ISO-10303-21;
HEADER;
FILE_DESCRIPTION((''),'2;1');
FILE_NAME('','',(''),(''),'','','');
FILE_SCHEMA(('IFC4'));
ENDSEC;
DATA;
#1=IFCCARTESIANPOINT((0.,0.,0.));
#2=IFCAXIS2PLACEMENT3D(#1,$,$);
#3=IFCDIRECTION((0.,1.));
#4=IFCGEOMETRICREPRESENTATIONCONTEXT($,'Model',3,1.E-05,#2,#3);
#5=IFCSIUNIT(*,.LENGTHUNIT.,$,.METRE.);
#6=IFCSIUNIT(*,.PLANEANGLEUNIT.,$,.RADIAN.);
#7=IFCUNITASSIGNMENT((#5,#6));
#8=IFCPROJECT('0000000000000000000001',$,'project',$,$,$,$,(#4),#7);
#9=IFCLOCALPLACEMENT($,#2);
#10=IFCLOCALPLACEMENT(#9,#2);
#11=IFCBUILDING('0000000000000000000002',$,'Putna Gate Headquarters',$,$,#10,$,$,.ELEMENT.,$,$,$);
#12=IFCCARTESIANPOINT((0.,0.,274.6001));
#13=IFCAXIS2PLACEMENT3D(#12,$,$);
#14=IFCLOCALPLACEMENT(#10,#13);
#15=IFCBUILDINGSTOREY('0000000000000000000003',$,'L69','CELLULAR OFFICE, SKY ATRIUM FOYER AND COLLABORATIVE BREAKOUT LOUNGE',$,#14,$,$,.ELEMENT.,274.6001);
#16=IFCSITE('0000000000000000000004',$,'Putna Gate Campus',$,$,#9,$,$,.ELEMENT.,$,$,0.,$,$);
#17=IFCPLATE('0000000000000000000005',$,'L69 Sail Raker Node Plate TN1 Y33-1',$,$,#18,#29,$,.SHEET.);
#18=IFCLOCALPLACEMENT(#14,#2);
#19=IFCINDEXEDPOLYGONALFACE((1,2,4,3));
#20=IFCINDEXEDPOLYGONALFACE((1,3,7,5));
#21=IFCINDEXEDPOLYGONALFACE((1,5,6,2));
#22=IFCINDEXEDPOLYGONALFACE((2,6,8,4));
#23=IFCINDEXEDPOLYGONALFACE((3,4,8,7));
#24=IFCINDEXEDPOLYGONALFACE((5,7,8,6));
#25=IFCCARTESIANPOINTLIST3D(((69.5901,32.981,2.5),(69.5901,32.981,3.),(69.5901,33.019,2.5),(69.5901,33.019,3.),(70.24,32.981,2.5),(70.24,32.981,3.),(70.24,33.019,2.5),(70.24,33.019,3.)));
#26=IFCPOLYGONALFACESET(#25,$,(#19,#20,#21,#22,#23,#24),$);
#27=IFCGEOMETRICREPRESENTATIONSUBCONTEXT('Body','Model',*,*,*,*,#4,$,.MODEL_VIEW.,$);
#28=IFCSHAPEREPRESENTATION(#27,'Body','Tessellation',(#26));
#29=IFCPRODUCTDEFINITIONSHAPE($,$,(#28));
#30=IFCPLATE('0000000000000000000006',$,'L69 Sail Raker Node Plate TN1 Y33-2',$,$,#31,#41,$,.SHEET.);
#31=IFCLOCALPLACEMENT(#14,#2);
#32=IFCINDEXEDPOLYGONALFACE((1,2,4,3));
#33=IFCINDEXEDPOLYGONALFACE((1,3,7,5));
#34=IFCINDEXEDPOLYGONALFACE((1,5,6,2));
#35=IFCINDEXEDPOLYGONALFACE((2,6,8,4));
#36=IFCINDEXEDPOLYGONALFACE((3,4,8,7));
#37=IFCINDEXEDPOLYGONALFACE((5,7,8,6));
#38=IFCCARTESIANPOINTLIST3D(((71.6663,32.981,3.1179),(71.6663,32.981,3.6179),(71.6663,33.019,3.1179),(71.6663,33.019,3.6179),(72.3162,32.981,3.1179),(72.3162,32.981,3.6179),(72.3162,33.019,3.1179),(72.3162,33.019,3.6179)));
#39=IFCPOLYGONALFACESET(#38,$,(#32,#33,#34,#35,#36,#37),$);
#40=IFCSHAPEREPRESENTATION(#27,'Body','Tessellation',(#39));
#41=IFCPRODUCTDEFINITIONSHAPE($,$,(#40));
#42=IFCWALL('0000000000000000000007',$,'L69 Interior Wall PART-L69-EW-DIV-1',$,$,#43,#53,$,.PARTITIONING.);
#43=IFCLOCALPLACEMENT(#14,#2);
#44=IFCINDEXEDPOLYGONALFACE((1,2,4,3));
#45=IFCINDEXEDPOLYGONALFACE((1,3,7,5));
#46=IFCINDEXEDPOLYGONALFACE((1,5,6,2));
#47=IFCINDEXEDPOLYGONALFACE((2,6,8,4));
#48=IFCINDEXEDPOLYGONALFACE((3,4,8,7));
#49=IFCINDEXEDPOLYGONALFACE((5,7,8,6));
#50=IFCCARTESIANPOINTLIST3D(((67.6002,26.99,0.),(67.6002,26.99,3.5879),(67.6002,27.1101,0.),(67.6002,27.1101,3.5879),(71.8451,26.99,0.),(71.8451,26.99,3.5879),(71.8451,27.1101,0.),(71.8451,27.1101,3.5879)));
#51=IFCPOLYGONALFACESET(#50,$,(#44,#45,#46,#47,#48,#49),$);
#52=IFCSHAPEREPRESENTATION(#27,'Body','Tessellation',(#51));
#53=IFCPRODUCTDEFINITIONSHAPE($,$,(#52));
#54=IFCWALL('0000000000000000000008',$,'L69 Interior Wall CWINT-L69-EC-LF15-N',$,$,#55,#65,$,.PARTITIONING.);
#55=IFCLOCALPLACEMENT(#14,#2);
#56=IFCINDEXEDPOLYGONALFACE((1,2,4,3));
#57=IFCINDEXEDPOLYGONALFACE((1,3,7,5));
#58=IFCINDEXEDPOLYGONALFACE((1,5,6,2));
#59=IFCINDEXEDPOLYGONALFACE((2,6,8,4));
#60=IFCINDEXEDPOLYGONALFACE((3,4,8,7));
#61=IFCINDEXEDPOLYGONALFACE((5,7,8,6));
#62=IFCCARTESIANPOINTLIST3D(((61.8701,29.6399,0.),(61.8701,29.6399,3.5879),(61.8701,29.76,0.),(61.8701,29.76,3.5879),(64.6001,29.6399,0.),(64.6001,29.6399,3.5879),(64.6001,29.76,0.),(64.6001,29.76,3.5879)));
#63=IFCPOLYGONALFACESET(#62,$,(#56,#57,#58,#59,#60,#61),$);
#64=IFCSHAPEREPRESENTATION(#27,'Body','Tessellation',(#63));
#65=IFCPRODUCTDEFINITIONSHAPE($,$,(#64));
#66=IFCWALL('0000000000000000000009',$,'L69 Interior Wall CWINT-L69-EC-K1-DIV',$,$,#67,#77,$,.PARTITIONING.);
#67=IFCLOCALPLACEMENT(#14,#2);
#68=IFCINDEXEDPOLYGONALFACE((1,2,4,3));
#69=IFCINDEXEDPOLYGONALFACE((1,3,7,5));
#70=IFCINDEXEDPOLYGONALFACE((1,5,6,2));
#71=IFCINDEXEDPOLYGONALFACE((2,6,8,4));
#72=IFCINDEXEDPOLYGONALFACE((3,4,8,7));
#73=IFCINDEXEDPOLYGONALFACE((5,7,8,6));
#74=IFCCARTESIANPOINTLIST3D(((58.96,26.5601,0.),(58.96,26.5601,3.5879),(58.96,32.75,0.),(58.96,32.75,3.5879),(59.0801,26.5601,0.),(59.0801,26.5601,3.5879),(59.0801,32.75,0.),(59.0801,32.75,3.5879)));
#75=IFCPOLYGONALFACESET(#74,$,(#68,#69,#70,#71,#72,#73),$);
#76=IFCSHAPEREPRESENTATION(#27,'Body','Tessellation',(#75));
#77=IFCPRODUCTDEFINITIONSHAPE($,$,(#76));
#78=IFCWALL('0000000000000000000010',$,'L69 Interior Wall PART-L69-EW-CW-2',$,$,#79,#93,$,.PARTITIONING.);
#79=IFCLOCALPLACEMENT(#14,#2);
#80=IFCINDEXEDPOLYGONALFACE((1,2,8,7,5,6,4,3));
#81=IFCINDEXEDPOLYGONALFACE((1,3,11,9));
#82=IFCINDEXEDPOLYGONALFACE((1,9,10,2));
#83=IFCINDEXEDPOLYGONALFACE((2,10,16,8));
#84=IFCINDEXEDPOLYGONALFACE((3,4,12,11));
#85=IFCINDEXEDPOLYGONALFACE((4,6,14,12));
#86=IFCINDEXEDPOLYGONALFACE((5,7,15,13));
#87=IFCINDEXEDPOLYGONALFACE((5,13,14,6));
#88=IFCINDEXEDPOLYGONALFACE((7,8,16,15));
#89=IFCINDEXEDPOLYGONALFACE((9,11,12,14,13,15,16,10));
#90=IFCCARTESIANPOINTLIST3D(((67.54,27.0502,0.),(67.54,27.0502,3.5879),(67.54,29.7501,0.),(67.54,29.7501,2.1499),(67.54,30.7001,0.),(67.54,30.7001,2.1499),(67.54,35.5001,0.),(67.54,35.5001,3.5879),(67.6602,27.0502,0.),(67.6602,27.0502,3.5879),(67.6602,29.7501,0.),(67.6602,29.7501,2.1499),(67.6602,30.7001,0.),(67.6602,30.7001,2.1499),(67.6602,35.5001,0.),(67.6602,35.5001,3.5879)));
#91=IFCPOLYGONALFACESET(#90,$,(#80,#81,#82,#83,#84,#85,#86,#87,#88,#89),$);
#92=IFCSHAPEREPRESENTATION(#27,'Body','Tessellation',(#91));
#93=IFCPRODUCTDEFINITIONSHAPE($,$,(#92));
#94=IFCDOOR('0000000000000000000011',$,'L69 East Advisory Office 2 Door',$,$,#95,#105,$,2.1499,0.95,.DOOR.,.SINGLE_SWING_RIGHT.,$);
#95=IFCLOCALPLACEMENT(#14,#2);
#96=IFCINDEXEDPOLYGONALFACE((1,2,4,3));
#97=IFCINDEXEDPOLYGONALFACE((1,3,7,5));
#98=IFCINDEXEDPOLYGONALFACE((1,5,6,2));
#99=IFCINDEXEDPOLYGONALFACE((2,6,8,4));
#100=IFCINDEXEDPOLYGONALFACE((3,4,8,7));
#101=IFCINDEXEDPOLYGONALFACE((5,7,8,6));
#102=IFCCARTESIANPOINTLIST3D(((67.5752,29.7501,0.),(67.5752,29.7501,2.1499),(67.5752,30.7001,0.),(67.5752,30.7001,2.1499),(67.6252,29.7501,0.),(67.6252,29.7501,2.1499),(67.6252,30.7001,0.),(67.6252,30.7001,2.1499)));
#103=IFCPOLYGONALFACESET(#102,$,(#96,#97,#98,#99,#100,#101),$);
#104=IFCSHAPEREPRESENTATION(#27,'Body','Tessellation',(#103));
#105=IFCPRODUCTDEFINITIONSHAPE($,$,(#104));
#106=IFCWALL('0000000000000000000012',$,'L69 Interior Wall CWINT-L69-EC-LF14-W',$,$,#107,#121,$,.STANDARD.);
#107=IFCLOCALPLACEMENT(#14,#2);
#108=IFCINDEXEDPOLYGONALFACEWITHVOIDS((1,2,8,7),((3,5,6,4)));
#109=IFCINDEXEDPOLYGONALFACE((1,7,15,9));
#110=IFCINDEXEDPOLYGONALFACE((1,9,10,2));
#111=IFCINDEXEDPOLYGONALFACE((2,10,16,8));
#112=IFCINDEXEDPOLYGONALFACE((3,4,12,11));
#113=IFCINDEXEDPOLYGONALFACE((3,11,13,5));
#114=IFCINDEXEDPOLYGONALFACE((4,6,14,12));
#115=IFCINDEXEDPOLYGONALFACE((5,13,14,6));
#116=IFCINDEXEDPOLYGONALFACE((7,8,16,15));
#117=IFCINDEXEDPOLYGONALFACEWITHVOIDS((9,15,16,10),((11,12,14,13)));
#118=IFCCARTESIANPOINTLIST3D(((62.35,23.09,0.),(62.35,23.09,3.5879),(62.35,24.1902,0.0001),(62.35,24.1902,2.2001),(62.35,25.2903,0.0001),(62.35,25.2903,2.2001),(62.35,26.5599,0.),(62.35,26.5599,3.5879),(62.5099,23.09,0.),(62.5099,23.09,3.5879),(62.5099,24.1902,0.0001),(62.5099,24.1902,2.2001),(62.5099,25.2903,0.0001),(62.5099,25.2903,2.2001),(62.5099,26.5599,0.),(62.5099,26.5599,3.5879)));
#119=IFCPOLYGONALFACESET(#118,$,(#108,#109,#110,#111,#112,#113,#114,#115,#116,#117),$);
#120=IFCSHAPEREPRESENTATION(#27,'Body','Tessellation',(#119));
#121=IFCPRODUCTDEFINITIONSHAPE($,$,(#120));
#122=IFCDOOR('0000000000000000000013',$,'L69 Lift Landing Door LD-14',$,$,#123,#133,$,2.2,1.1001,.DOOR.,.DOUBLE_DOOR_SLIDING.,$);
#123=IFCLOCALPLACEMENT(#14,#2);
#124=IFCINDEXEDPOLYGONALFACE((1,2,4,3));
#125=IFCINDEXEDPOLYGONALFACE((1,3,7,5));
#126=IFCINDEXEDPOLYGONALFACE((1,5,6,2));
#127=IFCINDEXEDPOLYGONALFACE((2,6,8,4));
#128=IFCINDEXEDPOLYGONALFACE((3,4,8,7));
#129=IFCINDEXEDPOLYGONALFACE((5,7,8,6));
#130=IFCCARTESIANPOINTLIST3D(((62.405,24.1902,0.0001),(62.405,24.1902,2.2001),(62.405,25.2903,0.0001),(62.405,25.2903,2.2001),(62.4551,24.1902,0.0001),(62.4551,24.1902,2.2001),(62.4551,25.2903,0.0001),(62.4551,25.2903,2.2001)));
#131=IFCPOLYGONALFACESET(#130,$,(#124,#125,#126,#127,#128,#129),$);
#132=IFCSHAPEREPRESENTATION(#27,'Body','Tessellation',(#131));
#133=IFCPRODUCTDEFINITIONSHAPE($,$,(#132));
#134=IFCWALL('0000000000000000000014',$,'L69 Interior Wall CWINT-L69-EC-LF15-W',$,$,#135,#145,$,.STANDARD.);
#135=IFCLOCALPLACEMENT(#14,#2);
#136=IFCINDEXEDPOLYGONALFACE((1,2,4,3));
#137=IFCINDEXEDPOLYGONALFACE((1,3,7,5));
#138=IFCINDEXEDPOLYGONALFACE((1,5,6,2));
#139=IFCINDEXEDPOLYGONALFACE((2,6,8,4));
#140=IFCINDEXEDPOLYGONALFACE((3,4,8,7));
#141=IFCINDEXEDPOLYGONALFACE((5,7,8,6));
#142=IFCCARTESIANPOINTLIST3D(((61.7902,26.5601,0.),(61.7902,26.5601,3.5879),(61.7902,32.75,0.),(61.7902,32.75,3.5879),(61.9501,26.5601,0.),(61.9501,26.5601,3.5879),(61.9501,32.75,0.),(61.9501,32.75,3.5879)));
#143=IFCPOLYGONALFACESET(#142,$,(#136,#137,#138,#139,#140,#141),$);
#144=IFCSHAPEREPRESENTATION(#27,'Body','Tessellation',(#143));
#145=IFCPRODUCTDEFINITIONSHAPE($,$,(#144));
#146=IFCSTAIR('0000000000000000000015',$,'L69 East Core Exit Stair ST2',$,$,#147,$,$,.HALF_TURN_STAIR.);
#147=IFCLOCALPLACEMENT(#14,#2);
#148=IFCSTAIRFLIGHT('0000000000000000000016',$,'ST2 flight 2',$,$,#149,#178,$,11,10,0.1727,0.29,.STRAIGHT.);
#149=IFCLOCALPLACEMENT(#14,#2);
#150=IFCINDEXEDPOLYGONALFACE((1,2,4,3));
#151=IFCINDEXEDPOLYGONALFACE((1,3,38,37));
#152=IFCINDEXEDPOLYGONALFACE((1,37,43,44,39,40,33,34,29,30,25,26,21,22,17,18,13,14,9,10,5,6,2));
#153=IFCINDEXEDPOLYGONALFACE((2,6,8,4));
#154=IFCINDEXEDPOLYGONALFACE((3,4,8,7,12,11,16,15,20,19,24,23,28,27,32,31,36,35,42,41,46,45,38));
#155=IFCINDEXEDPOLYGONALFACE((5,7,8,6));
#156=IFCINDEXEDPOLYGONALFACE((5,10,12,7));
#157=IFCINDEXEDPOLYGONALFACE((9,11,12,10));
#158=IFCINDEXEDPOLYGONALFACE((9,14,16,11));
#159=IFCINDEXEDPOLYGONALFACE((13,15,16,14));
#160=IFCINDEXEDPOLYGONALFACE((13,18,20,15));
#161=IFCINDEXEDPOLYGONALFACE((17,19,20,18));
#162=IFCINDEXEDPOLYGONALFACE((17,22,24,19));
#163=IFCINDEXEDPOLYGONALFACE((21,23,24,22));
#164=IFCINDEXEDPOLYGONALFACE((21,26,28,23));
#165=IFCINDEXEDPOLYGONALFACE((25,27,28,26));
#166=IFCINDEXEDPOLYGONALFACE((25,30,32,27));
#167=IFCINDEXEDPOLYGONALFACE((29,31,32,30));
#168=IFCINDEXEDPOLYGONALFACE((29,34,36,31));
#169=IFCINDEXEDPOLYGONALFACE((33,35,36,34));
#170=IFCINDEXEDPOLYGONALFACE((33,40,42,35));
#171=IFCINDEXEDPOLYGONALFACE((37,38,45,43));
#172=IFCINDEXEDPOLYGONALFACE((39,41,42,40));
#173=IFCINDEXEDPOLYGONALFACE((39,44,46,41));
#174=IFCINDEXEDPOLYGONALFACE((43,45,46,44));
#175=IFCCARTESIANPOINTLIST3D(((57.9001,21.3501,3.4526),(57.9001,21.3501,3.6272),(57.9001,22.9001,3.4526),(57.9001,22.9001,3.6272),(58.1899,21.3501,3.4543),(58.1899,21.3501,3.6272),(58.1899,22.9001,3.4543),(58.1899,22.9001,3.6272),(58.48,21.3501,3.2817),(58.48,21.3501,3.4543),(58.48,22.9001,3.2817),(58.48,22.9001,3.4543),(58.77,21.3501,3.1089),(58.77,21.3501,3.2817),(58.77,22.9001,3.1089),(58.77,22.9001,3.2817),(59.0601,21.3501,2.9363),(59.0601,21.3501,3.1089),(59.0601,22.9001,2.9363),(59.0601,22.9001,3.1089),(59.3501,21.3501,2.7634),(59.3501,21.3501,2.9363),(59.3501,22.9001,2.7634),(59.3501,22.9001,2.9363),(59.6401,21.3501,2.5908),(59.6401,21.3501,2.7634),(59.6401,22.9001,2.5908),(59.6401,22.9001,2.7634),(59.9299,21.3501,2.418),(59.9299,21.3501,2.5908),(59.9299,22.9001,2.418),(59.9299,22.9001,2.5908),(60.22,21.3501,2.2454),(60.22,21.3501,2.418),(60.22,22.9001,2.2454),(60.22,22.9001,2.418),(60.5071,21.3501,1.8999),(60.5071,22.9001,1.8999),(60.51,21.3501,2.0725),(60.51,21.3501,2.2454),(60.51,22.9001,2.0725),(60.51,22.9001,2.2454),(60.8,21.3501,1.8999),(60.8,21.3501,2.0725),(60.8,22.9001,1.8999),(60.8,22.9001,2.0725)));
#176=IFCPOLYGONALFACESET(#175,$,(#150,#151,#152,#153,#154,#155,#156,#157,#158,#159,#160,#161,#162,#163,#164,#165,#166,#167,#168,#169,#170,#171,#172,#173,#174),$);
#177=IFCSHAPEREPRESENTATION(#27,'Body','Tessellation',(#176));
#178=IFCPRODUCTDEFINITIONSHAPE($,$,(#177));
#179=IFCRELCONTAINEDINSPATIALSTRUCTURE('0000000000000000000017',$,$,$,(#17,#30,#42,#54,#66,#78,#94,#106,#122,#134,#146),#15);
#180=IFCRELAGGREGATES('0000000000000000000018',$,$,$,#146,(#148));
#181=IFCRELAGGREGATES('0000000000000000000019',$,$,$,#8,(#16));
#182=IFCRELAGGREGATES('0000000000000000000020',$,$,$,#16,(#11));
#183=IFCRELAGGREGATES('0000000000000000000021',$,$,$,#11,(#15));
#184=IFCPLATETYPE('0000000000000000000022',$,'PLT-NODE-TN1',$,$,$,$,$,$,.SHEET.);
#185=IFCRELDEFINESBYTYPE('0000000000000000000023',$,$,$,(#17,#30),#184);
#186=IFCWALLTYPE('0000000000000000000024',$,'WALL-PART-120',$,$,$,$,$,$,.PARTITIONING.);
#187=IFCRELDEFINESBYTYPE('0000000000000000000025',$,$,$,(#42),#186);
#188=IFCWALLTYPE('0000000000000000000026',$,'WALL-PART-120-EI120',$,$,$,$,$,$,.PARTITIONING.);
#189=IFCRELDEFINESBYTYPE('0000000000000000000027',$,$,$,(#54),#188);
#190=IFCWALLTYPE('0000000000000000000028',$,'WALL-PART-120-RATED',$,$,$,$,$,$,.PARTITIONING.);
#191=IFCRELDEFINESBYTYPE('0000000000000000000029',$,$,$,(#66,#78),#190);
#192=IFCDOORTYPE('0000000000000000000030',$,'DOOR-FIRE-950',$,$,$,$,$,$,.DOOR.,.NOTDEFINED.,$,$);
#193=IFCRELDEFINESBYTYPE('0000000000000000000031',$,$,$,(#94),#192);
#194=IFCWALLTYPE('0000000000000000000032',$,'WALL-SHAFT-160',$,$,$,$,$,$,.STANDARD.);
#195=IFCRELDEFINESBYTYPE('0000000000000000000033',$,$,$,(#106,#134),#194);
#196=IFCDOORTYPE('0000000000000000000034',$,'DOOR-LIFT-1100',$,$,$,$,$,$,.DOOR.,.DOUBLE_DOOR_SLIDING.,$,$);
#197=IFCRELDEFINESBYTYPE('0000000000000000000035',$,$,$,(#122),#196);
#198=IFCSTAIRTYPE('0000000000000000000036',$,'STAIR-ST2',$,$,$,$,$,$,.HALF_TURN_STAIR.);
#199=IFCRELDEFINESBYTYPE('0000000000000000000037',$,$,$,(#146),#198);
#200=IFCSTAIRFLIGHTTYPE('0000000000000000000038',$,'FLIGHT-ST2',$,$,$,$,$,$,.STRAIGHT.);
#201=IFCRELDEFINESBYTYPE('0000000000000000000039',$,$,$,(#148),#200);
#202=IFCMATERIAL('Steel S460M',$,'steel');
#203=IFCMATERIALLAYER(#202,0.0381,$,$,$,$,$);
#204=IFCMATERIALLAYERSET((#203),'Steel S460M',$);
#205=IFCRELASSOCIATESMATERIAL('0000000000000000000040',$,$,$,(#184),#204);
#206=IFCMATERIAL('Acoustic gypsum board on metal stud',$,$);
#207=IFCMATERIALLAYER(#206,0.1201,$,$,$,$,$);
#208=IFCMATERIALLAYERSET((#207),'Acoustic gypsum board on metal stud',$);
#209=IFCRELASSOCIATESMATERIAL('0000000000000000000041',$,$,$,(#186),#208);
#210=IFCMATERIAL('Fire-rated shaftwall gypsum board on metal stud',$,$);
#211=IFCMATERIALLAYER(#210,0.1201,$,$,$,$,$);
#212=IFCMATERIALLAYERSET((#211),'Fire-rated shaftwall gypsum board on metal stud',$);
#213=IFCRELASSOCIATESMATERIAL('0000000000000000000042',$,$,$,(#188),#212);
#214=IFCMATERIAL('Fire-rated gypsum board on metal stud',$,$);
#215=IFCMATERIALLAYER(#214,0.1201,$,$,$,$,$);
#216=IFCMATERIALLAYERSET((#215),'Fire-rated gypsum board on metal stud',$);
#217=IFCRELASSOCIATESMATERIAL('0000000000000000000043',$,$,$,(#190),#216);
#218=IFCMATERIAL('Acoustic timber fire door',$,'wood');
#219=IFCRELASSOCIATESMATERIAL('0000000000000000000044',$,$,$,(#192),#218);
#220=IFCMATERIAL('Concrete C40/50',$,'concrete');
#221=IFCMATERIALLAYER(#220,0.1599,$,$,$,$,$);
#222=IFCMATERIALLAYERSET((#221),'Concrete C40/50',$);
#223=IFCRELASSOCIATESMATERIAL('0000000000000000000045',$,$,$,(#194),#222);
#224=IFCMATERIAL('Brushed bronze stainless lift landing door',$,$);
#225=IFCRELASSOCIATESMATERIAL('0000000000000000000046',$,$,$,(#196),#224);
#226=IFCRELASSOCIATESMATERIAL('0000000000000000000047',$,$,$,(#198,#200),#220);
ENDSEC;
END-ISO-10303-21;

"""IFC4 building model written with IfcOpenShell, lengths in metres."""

from ifc_helpers import new_model, si_unit, direction, frame, frame_2d, origin, origin_2d, place, context, subcontext, project, spatial, polyline, rectangle, outline, extrude, material, layer, layer_set, type_object, element, fill, aggregate, save


model = new_model("IFC4")

# Units and contexts
model_context = context("Model", 3, precision=1e-05, world=origin(), true_north=direction((0.0, 1.0)))
body_context = subcontext(model_context, "Body", "Model", "MODEL_VIEW")
ifc_project = project(units=[si_unit("LENGTHUNIT", "METRE"), si_unit("PLANEANGLEUNIT", "RADIAN")], contexts=[model_context])

# Site, building, storey
site_placement = place(None, origin())
site = spatial("IfcSite", under=ifc_project, at=site_placement, Name="Putna Gate Campus", CompositionType="ELEMENT", RefElevation=0.0)
building_placement = place(site_placement, origin())
building = spatial("IfcBuilding", under=site, at=building_placement, Name="Putna Gate Headquarters", CompositionType="ELEMENT")
storey_placement = place(building_placement, frame((0.0, 0.0, 274.6001)))
storey = spatial("IfcBuildingStorey", under=building, at=storey_placement, Name="L69", Description="CELLULAR OFFICE, SKY ATRIUM FOYER AND COLLABORATIVE BREAKOUT LOUNGE", CompositionType="ELEMENT", Elevation=274.6001)

# Shared definitions
ifc_material_1 = material(Name="Steel S460M", Category="steel")

# Plates
ifc_layer_1 = layer(ifc_material_1, 0.0381)
ifc_layer_set_1 = layer_set([ifc_layer_1], Name="Steel S460M")
plate_type_1 = type_object("IfcPlateType", Name="PLT-NODE-TN1", PredefinedType="SHEET", material=ifc_layer_set_1)
for number, where, z_axis, x_axis, name in (
    (1, (69.915, 33.0, 2.5), (0.0, 0.0, 1.0), (1.0, 0.0, 0.0), "L69 Sail Raker Node Plate TN1 Y33-1"),
    (2, (71.9912, 33.0, 3.1179), (0.0, 0.0, 1.0), (1.0, 0.0, 0.0), "L69 Sail Raker Node Plate TN1 Y33-2"),
):
    element("IfcPlate", number, at=place(storey_placement, frame(where, z_axis=z_axis, x_axis=x_axis)), inside=storey, type_object=plate_type_1, Name=name, PredefinedType="SHEET", context=body_context, shape_type="SweptSolid", body=[
        extrude(rectangle(XDim=0.6499, YDim=0.0381, at=origin_2d()), origin(), (0.0, 0.0, 1.0), 0.5),
    ])

# Walls
ifc_material_2 = material(Name="Acoustic gypsum board on metal stud")
ifc_layer_2 = layer(ifc_material_2, 0.1201)
ifc_layer_set_2 = layer_set([ifc_layer_2], Name="Acoustic gypsum board on metal stud")
wall_type_1 = type_object("IfcWallType", Name="WALL-PART-120", PredefinedType="PARTITIONING", material=ifc_layer_set_2)
wall_1_placement = place(storey_placement, frame((67.6001, 27.05, 0.0), z_axis=(0.0, 0.0, 1.0), x_axis=(1.0, 0.0, 0.0)))
element("IfcWall", 3, at=wall_1_placement, inside=storey, type_object=wall_type_1, Name="L69 Interior Wall PART-L69-EW-DIV-1", PredefinedType="PARTITIONING", context=body_context, shape_type="SweptSolid", body=[
    extrude(rectangle(XDim=4.2449, YDim=0.1201, at=frame_2d((2.1226, 0.0))), origin(), (0.0, 0.0, 1.0), 3.5879),
])
ifc_material_3 = material(Name="Fire-rated shaftwall gypsum board on metal stud")
ifc_layer_3 = layer(ifc_material_3, 0.1201)
ifc_layer_set_3 = layer_set([ifc_layer_3], Name="Fire-rated shaftwall gypsum board on metal stud")
wall_type_2 = type_object("IfcWallType", Name="WALL-PART-120-EI120", PredefinedType="PARTITIONING", material=ifc_layer_set_3)
wall_2_placement = place(storey_placement, frame((61.8701, 29.7, 0.0), z_axis=(0.0, 0.0, 1.0), x_axis=(1.0, 0.0, 0.0)))
element("IfcWall", 4, at=wall_2_placement, inside=storey, type_object=wall_type_2, Name="L69 Interior Wall CWINT-L69-EC-LF15-N", PredefinedType="PARTITIONING", context=body_context, shape_type="SweptSolid", body=[
    extrude(rectangle(XDim=2.73, YDim=0.1201, at=frame_2d((1.365, 0.0))), origin(), (0.0, 0.0, 1.0), 3.5879),
])
ifc_material_4 = material(Name="Fire-rated gypsum board on metal stud")
ifc_layer_4 = layer(ifc_material_4, 0.1201)
ifc_layer_set_4 = layer_set([ifc_layer_4], Name="Fire-rated gypsum board on metal stud")
wall_type_3 = type_object("IfcWallType", Name="WALL-PART-120-RATED", PredefinedType="PARTITIONING", material=ifc_layer_set_4)
wall_3_placement = place(storey_placement, frame((59.02, 26.5601, 0.0), z_axis=(0.0, 0.0, 1.0), x_axis=(0.0, 1.0, 0.0)))
element("IfcWall", 5, at=wall_3_placement, inside=storey, type_object=wall_type_3, Name="L69 Interior Wall CWINT-L69-EC-K1-DIV", PredefinedType="PARTITIONING", context=body_context, shape_type="SweptSolid", body=[
    extrude(rectangle(XDim=6.1899, YDim=0.1201, at=frame_2d((3.095, 0.0))), origin(), (0.0, 0.0, 1.0), 3.5879),
])

# Walls, openings, doors
wall_4_placement = place(storey_placement, frame((67.6001, 27.05, 0.0), z_axis=(0.0, 0.0, 1.0), x_axis=(0.0, 1.0, 0.0)))
wall_4 = element("IfcWall", 6, at=wall_4_placement, inside=storey, type_object=wall_type_3, Name="L69 Interior Wall PART-L69-EW-CW-2", PredefinedType="PARTITIONING", context=body_context, shape_type="SweptSolid", body=[
    extrude(rectangle(XDim=8.45, YDim=0.1201, at=frame_2d((4.2251, 0.0))), origin(), (0.0, 0.0, 1.0), 3.5879),
])
opening_1_placement = place(wall_4_placement, frame((2.7, 0.0, 0.0)))
opening_1 = element("IfcOpeningElement", 7, at=opening_1_placement, cuts=wall_4, PredefinedType="OPENING", context=body_context, shape_type="SweptSolid", body=[
    extrude(rectangle(XDim=0.95, YDim=2.1499, at=frame_2d((0.4751, 1.075))), frame((0.0, 0.0701, 0.0), z_axis=(0.0, -1.0, 0.0), x_axis=(1.0, 0.0, 0.0)), (0.0, 0.0, 1.0), 0.1401),
])
ifc_material_5 = material(Name="Acoustic timber fire door", Category="wood")
door_type_1 = type_object("IfcDoorType", Name="DOOR-FIRE-950", OperationType="NOTDEFINED", PredefinedType="DOOR", material=ifc_material_5)
door_1_placement = place(opening_1_placement, origin())
door_1 = element("IfcDoor", 8, at=door_1_placement, inside=storey, type_object=door_type_1, Name="L69 East Advisory Office 2 Door", OperationType="SINGLE_SWING_RIGHT", OverallHeight=2.1499, OverallWidth=0.95, PredefinedType="DOOR", context=body_context, shape_type="SweptSolid", body=[
    extrude(rectangle(XDim=0.95, YDim=2.1499, at=frame_2d((0.4751, 1.075))), frame((0.0, 0.0249, 0.0), z_axis=(0.0, -1.0, 0.0), x_axis=(1.0, 0.0, 0.0)), (0.0, 0.0, 1.0), 0.05),
])
fill(opening_1, door_1)
ifc_material_6 = material(Name="Concrete C40/50", Category="concrete")
ifc_layer_5 = layer(ifc_material_6, 0.1599)
ifc_layer_set_5 = layer_set([ifc_layer_5], Name="Concrete C40/50")
wall_type_4 = type_object("IfcWallType", Name="WALL-SHAFT-160", PredefinedType="STANDARD", material=ifc_layer_set_5)
wall_5_placement = place(storey_placement, frame((62.4299, 23.0901, 0.0), z_axis=(0.0, 0.0, 1.0), x_axis=(0.0, 1.0, 0.0)))
wall_5 = element("IfcWall", 9, at=wall_5_placement, inside=storey, type_object=wall_type_4, Name="L69 Interior Wall CWINT-L69-EC-LF14-W", PredefinedType="STANDARD", context=body_context, shape_type="SweptSolid", body=[
    extrude(rectangle(XDim=3.47, YDim=0.1599, at=frame_2d((1.7349, 0.0))), origin(), (0.0, 0.0, 1.0), 3.5879),
])
opening_2_placement = place(wall_5_placement, frame((1.1001, 0.0, 0.0)))
opening_2 = element("IfcOpeningElement", 10, at=opening_2_placement, cuts=wall_5, PredefinedType="OPENING", context=body_context, shape_type="SweptSolid", body=[
    extrude(rectangle(XDim=1.1001, YDim=2.2, at=frame_2d((0.55, 1.1001))), frame((0.0, 0.0898, 0.0), z_axis=(0.0, -1.0, 0.0), x_axis=(1.0, 0.0, 0.0)), (0.0, 0.0, 1.0), 0.1799),
])
ifc_material_7 = material(Name="Brushed bronze stainless lift landing door")
door_type_2 = type_object("IfcDoorType", Name="DOOR-LIFT-1100", OperationType="DOUBLE_DOOR_SLIDING", PredefinedType="DOOR", material=ifc_material_7)
door_2_placement = place(opening_2_placement, origin())
door_2 = element("IfcDoor", 11, at=door_2_placement, inside=storey, type_object=door_type_2, Name="L69 Lift Landing Door LD-14", OperationType="DOUBLE_DOOR_SLIDING", OverallHeight=2.2, OverallWidth=1.1001, PredefinedType="DOOR", context=body_context, shape_type="SweptSolid", body=[
    extrude(rectangle(XDim=1.1001, YDim=2.2, at=frame_2d((0.55, 1.1001))), frame((0.0, 0.0249, 0.0), z_axis=(0.0, -1.0, 0.0), x_axis=(1.0, 0.0, 0.0)), (0.0, 0.0, 1.0), 0.05),
])
fill(opening_2, door_2)

# Wall
wall_6_placement = place(storey_placement, frame((61.8701, 26.5601, 0.0), z_axis=(0.0, 0.0, 1.0), x_axis=(0.0, 1.0, 0.0)))
element("IfcWall", 12, at=wall_6_placement, inside=storey, type_object=wall_type_4, Name="L69 Interior Wall CWINT-L69-EC-LF15-W", PredefinedType="STANDARD", context=body_context, shape_type="SweptSolid", body=[
    extrude(rectangle(XDim=6.1899, YDim=0.1599, at=frame_2d((3.095, 0.0))), origin(), (0.0, 0.0, 1.0), 3.5879),
])

# Stair, stair flight
stair_type = type_object("IfcStairType", Name="STAIR-ST2", PredefinedType="HALF_TURN_STAIR", material=ifc_material_6)
stair_placement = place(storey_placement, origin())
stair = element("IfcStair", 13, at=stair_placement, inside=storey, type_object=stair_type, Name="L69 East Core Exit Stair ST2", PredefinedType="HALF_TURN_STAIR")
stair_flight_type = type_object("IfcStairFlightType", Name="FLIGHT-ST2", PredefinedType="STRAIGHT", material=ifc_material_6)
stair_flight_placement = place(storey_placement, frame((60.8, 22.125, 1.8999), z_axis=(0.0, 0.0, 1.0), x_axis=(-1.0, 0.0, 0.0)))
stair_flight = element("IfcStairFlight", 14, at=stair_flight_placement, type_object=stair_flight_type, Name="ST2 flight 2", NumberOfRisers=11, NumberOfTreads=10, PredefinedType="STRAIGHT", RiserHeight=0.1727, TreadLength=0.29, context=body_context, shape_type="SweptSolid", body=[
    extrude(outline(polyline([(0.0, 0.0), (0.0, 0.1726), (0.29, 0.1726), (0.29, 0.3455), (0.5801, 0.3455), (0.5801, 0.5181), (0.8701, 0.5181), (0.8701, 0.6909), (1.1599, 0.6909), (1.1599, 0.8635), (1.45, 0.8635), (1.45, 1.0364), (1.74, 1.0364), (1.74, 1.209), (2.03, 1.209), (2.03, 1.3818), (2.3201, 1.3818), (2.3201, 1.5544), (2.6101, 1.5544), (2.6101, 1.7273), (2.8999, 1.7273), (2.8999, 1.8999), (2.8999, 1.5527), (0.293, 0.0), (0.0, 0.0)])), frame((0.0, 0.7749, 0.0), z_axis=(0.0, -1.0, 0.0), x_axis=(1.0, 0.0, 0.0)), (0.0, 0.0, 1.0), 1.55),
])
aggregate(stair, [stair_flight])

save(model, "model.ifc")
